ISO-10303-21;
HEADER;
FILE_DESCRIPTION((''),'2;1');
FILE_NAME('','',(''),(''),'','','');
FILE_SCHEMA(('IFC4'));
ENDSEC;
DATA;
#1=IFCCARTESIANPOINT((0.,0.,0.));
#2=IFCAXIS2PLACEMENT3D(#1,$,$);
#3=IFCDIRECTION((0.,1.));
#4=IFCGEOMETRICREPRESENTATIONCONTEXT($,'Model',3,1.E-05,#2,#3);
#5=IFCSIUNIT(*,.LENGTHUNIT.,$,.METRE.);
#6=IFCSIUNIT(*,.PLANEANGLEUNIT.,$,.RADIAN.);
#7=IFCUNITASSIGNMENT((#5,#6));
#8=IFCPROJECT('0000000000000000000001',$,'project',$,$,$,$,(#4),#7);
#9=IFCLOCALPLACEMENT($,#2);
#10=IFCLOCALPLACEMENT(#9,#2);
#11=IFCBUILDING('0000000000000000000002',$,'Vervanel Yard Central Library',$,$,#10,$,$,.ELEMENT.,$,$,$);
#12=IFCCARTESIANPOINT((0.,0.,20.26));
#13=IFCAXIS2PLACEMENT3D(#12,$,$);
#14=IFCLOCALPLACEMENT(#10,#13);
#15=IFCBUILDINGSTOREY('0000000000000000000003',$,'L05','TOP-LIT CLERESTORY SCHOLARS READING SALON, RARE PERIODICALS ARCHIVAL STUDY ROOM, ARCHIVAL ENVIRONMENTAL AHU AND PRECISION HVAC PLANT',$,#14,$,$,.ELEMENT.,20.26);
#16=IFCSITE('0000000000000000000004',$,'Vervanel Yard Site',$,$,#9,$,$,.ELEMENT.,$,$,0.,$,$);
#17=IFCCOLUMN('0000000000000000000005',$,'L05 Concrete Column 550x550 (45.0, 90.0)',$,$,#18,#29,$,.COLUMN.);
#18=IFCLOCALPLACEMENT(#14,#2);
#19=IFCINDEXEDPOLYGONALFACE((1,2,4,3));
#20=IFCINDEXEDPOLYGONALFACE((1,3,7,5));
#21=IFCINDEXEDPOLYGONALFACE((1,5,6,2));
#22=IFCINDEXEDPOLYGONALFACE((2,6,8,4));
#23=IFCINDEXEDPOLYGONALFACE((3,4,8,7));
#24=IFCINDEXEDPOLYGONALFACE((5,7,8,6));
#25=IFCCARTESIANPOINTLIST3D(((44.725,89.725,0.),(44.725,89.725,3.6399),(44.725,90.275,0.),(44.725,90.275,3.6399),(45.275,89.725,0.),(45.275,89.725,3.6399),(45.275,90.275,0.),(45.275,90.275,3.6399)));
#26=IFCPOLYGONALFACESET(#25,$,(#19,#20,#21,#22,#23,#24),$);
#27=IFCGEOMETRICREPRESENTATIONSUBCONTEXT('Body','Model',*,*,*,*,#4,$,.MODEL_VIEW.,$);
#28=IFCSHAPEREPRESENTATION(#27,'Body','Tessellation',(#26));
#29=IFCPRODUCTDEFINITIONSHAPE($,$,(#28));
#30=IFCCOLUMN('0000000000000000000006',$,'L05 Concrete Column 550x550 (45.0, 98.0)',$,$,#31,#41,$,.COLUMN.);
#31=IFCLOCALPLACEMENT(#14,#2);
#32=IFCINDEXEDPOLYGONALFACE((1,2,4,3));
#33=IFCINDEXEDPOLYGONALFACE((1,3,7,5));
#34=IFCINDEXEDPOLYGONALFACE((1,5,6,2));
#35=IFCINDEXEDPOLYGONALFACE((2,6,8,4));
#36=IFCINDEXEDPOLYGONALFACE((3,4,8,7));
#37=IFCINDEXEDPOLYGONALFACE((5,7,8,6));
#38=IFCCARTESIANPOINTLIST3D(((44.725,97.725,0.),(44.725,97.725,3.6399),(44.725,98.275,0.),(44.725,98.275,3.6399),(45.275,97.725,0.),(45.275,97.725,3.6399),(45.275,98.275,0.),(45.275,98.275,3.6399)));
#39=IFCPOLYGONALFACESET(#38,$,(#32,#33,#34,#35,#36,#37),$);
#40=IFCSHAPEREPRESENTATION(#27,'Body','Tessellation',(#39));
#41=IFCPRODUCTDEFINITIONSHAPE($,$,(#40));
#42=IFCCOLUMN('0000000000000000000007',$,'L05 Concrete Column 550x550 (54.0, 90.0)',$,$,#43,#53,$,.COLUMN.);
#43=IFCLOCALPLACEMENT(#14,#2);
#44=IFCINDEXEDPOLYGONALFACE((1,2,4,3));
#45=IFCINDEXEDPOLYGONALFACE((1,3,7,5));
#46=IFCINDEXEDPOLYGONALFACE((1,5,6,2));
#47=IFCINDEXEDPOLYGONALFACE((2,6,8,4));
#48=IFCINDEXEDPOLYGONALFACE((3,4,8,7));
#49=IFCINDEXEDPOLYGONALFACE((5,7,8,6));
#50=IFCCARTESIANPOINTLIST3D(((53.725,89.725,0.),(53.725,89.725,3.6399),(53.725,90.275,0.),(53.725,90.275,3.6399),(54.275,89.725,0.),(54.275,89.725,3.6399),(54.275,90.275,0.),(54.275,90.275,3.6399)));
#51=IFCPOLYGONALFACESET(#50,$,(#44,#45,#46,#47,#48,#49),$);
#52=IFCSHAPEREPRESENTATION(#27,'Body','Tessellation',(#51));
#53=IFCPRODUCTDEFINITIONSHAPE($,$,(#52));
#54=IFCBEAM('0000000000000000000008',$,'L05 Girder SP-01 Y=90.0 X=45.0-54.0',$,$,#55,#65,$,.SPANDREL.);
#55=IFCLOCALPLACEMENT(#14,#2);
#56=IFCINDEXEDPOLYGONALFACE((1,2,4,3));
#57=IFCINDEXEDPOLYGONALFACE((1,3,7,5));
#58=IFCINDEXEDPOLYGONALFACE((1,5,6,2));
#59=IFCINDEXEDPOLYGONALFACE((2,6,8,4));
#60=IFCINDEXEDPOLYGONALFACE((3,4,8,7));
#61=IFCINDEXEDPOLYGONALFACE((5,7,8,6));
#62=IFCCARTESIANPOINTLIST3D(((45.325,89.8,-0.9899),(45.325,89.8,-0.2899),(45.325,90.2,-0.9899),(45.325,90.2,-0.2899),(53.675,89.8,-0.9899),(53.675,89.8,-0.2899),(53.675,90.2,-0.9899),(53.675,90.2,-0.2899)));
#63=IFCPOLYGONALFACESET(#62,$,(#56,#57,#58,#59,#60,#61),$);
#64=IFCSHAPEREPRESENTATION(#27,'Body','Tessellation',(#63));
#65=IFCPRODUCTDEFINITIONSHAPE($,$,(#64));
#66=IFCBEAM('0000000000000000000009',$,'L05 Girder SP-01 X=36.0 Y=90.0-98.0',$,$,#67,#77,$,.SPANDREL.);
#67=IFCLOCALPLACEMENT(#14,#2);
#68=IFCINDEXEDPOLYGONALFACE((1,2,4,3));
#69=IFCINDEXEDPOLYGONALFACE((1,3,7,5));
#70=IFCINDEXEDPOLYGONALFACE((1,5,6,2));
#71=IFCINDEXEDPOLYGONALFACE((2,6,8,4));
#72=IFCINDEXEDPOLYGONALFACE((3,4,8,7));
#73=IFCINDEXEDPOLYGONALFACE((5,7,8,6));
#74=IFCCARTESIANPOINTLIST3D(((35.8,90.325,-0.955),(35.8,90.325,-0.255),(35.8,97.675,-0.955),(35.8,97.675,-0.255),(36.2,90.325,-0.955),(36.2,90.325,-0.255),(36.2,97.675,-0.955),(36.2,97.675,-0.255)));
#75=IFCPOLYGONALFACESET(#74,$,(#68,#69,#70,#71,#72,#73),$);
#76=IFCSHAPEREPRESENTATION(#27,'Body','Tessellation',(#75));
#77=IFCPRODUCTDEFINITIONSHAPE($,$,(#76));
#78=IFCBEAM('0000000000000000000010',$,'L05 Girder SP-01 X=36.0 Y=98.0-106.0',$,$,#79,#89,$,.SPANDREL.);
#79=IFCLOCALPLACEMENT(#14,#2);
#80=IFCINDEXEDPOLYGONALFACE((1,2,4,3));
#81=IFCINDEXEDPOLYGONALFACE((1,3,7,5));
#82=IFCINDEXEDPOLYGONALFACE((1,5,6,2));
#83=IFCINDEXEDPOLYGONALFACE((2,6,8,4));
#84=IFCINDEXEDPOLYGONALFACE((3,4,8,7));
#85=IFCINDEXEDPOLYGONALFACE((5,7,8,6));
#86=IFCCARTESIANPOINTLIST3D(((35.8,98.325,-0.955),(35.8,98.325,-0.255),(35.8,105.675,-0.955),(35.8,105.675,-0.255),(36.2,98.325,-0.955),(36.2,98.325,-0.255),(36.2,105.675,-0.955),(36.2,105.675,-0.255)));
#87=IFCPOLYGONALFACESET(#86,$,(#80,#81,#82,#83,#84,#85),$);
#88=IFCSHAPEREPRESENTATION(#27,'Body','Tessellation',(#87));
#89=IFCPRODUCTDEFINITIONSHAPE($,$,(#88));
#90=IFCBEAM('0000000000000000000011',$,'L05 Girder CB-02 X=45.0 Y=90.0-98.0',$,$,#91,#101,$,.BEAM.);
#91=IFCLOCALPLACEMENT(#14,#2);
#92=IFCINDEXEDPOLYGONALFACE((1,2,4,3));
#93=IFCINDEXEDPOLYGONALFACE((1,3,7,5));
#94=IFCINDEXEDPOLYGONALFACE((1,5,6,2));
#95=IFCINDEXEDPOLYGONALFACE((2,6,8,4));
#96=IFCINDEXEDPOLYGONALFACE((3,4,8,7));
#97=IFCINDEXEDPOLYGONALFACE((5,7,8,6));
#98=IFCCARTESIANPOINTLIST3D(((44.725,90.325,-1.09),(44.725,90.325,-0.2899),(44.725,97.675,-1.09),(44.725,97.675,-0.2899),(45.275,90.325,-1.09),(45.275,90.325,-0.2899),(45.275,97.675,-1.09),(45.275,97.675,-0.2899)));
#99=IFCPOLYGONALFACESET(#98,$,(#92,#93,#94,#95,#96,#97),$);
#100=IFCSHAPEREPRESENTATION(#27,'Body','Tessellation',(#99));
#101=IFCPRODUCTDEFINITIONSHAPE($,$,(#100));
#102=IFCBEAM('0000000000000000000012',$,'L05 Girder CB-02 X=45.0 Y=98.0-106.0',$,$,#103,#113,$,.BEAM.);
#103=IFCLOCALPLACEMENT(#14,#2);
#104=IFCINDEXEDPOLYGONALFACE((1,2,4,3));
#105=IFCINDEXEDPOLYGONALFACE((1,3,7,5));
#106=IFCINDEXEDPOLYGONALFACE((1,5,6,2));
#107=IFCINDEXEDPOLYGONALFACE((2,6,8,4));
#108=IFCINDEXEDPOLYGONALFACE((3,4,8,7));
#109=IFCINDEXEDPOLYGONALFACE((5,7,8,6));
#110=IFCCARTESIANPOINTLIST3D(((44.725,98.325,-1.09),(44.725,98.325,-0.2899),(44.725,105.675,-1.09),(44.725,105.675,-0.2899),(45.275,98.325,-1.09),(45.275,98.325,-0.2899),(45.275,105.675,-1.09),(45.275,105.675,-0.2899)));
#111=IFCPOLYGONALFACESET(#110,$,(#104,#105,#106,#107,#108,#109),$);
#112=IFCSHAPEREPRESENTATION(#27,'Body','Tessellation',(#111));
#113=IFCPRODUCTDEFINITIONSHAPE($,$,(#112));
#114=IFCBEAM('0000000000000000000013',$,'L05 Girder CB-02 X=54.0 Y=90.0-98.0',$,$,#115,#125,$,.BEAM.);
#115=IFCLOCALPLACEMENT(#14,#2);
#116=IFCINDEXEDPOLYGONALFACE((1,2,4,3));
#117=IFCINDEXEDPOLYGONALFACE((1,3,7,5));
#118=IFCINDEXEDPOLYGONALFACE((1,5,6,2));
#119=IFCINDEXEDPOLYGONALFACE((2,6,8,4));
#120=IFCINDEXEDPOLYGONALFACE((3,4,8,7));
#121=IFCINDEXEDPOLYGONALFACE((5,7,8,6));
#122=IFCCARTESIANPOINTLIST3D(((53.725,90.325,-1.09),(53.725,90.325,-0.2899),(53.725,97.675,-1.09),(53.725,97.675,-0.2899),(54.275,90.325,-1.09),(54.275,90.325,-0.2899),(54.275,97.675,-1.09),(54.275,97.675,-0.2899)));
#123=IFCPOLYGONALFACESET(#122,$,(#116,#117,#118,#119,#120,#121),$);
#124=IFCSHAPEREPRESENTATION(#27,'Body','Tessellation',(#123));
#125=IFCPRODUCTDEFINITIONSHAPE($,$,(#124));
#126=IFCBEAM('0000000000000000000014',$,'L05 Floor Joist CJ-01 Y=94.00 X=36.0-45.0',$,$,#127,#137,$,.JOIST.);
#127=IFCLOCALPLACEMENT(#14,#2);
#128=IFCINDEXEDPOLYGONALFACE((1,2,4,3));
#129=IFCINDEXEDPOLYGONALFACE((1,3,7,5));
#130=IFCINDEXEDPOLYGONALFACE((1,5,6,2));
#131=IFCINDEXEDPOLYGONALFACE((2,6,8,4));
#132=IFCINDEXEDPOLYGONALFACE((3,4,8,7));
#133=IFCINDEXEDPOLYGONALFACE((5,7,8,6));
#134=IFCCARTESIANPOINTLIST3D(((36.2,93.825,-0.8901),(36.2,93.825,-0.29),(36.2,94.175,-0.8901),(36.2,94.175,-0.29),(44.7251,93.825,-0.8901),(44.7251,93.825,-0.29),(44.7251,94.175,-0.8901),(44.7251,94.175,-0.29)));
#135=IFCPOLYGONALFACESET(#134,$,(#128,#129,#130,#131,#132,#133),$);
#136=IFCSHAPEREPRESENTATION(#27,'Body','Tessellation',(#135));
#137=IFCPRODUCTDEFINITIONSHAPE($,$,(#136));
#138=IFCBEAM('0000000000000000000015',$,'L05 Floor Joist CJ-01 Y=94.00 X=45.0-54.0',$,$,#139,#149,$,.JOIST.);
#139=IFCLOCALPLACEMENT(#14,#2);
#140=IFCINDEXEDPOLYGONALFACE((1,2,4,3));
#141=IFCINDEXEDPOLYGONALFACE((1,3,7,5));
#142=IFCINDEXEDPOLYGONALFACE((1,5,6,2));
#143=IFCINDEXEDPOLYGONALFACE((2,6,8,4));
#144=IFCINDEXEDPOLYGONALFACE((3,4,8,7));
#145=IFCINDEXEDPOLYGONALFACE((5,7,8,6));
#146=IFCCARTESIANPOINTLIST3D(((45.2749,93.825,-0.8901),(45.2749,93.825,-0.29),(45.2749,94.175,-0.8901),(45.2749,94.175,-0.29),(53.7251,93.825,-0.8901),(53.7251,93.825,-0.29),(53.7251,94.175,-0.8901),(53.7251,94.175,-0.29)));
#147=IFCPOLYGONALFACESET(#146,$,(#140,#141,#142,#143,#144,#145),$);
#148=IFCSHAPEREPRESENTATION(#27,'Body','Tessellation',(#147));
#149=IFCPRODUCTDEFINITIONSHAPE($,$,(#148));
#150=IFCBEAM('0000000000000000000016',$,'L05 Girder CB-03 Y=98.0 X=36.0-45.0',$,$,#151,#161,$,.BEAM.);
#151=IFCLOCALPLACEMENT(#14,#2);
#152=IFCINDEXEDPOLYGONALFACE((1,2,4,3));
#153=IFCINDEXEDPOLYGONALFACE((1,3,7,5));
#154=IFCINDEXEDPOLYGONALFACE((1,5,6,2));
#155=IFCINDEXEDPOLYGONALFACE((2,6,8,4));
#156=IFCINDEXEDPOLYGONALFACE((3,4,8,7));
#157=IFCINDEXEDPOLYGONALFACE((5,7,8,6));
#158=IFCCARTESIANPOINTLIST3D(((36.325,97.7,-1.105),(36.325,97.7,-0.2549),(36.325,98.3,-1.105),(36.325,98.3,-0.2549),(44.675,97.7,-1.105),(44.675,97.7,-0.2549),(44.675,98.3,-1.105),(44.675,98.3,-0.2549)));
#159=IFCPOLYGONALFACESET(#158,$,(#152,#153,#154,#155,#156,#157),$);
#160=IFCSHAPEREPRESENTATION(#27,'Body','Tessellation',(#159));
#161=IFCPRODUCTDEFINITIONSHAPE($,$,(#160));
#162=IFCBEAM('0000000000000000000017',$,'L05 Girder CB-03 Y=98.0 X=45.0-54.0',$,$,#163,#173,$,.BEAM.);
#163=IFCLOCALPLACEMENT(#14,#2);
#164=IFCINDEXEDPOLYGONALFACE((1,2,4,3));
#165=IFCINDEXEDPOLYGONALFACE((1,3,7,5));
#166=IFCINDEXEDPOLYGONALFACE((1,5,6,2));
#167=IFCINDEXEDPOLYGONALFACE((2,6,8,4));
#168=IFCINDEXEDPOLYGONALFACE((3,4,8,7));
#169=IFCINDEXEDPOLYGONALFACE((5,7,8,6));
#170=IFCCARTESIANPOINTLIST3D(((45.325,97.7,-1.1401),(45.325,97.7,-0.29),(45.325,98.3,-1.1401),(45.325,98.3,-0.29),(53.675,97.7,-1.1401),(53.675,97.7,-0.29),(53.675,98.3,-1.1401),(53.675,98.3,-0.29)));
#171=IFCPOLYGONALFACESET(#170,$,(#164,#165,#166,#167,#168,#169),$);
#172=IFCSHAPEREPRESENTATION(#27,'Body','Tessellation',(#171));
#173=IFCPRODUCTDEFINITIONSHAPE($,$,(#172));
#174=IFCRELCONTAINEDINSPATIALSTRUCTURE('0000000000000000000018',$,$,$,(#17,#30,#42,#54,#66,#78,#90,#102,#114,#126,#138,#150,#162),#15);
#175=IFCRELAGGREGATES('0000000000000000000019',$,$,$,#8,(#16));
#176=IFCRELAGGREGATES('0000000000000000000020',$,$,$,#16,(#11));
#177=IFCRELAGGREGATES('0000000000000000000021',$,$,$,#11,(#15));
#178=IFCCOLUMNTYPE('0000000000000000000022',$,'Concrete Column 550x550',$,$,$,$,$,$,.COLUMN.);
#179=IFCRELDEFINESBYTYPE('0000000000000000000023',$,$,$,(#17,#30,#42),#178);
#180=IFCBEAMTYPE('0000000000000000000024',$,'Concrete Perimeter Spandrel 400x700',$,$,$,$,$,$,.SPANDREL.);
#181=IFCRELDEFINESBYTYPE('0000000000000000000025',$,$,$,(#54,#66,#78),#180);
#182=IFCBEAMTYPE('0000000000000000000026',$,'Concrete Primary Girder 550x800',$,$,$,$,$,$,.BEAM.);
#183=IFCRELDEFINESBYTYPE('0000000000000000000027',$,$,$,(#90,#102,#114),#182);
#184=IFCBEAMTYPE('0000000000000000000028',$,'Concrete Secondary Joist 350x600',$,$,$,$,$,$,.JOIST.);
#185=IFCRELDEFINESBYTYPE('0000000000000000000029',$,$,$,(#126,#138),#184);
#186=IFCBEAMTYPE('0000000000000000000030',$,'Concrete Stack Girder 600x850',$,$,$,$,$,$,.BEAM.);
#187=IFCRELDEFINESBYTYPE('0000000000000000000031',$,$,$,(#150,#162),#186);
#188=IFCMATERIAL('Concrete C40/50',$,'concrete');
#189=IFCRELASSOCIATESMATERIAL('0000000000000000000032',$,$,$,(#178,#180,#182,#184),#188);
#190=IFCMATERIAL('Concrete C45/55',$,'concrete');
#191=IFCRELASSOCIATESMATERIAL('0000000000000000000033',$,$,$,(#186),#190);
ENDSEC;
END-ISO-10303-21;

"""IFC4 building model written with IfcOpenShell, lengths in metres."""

from ifc_helpers import new_model, si_unit, direction, frame, origin, origin_2d, place, context, subcontext, project, spatial, rectangle, extrude, material, material_profile, profile_set, type_object, element, save


model = new_model("IFC4")

# Units and contexts
model_context = context("Model", 3, precision=1e-05, world=origin(), true_north=direction((0.0, 1.0)))
body_context = subcontext(model_context, "Body", "Model", "MODEL_VIEW")
ifc_project = project(units=[si_unit("LENGTHUNIT", "METRE"), si_unit("PLANEANGLEUNIT", "RADIAN")], contexts=[model_context])

# Site, building, storey
site_placement = place(None, origin())
site = spatial("IfcSite", under=ifc_project, at=site_placement, Name="Vervanel Yard Site", CompositionType="ELEMENT", RefElevation=0.0)
building_placement = place(site_placement, origin())
building = spatial("IfcBuilding", under=site, at=building_placement, Name="Vervanel Yard Central Library", CompositionType="ELEMENT")
storey_placement = place(building_placement, frame((0.0, 0.0, 20.26)))
storey = spatial("IfcBuildingStorey", under=building, at=storey_placement, Name="L05", Description="TOP-LIT CLERESTORY SCHOLARS READING SALON, RARE PERIODICALS ARCHIVAL STUDY ROOM, ARCHIVAL ENVIRONMENTAL AHU AND PRECISION HVAC PLANT", CompositionType="ELEMENT", Elevation=20.26)

# Columns
ifc_material_1 = material(Name="Concrete C40/50", Category="concrete")
ifc_material_profile_1 = material_profile(ifc_material_1, rectangle(XDim=0.55, YDim=0.55, at=origin_2d()), Name="RC 550x550", Category="concrete")
ifc_profile_set_1 = profile_set([ifc_material_profile_1], Name="Concrete C40/50")
column_type = type_object("IfcColumnType", Name="Concrete Column 550x550", PredefinedType="COLUMN", material=ifc_profile_set_1)
for number, where, z_axis, x_axis, name in (
    (1, (45.0, 90.0, 0.0), (0.0, 0.0, 1.0), (1.0, 0.0, 0.0), "L05 Concrete Column 550x550 (45.0, 90.0)"),
    (2, (45.0, 98.0, 0.0), (0.0, 0.0, 1.0), (1.0, 0.0, 0.0), "L05 Concrete Column 550x550 (45.0, 98.0)"),
    (3, (54.0, 90.0, 0.0), (0.0, 0.0, 1.0), (1.0, 0.0, 0.0), "L05 Concrete Column 550x550 (54.0, 90.0)"),
):
    element("IfcColumn", number, at=place(storey_placement, frame(where, z_axis=z_axis, x_axis=x_axis)), inside=storey, type_object=column_type, Name=name, PredefinedType="COLUMN", context=body_context, shape_type="SweptSolid", body=[
        extrude(rectangle(XDim=0.55, YDim=0.55, at=origin_2d()), origin(), (0.0, 0.0, 1.0), 3.6399),
    ])

# Beams
ifc_material_profile_2 = material_profile(ifc_material_1, rectangle(XDim=0.3999, YDim=0.7, at=origin_2d()), Name="RC 400x700", Category="concrete")
ifc_profile_set_2 = profile_set([ifc_material_profile_2], Name="Concrete C40/50")
beam_type_1 = type_object("IfcBeamType", Name="Concrete Perimeter Spandrel 400x700", PredefinedType="SPANDREL", material=ifc_profile_set_2)
beam_1_placement = place(storey_placement, frame((45.325, 90.0, -0.6399), z_axis=(1.0, 0.0, 0.0), x_axis=(0.0, 1.0, 0.0)))
element("IfcBeam", 4, at=beam_1_placement, inside=storey, type_object=beam_type_1, Name="L05 Girder SP-01 Y=90.0 X=45.0-54.0", PredefinedType="SPANDREL", context=body_context, shape_type="SweptSolid", body=[
    extrude(rectangle(XDim=0.3999, YDim=0.7, at=origin_2d()), origin(), (0.0, 0.0, 1.0), 8.3501),
])
for number, where, z_axis, x_axis, name in (
    (5, (36.0, 90.325, -0.605), (0.0, 1.0, 0.0), (-1.0, 0.0, 0.0), "L05 Girder SP-01 X=36.0 Y=90.0-98.0"),
    (6, (36.0, 98.325, -0.605), (0.0, 1.0, 0.0), (-1.0, 0.0, 0.0), "L05 Girder SP-01 X=36.0 Y=98.0-106.0"),
):
    element("IfcBeam", number, at=place(storey_placement, frame(where, z_axis=z_axis, x_axis=x_axis)), inside=storey, type_object=beam_type_1, Name=name, PredefinedType="SPANDREL", context=body_context, shape_type="SweptSolid", body=[
        extrude(rectangle(XDim=0.3999, YDim=0.7, at=origin_2d()), origin(), (0.0, 0.0, 1.0), 7.3501),
    ])
ifc_material_profile_3 = material_profile(ifc_material_1, rectangle(XDim=0.55, YDim=0.8, at=origin_2d()), Name="RC 550x800", Category="concrete")
ifc_profile_set_3 = profile_set([ifc_material_profile_3], Name="Concrete C40/50")
beam_type_2 = type_object("IfcBeamType", Name="Concrete Primary Girder 550x800", PredefinedType="BEAM", material=ifc_profile_set_3)
for number, where, z_axis, x_axis, name in (
    (7, (45.0, 90.325, -0.6899), (0.0, 1.0, 0.0), (-1.0, 0.0, 0.0), "L05 Girder CB-02 X=45.0 Y=90.0-98.0"),
    (8, (45.0, 98.325, -0.6899), (0.0, 1.0, 0.0), (-1.0, 0.0, 0.0), "L05 Girder CB-02 X=45.0 Y=98.0-106.0"),
    (9, (54.0, 90.325, -0.6899), (0.0, 1.0, 0.0), (-1.0, 0.0, 0.0), "L05 Girder CB-02 X=54.0 Y=90.0-98.0"),
):
    element("IfcBeam", number, at=place(storey_placement, frame(where, z_axis=z_axis, x_axis=x_axis)), inside=storey, type_object=beam_type_2, Name=name, PredefinedType="BEAM", context=body_context, shape_type="SweptSolid", body=[
        extrude(rectangle(XDim=0.55, YDim=0.8, at=origin_2d()), origin(), (0.0, 0.0, 1.0), 7.3501),
    ])
ifc_material_profile_4 = material_profile(ifc_material_1, rectangle(XDim=0.3501, YDim=0.6001, at=origin_2d()), Name="RC 350x600", Category="concrete")
ifc_profile_set_4 = profile_set([ifc_material_profile_4], Name="Concrete C40/50")
beam_type_3 = type_object("IfcBeamType", Name="Concrete Secondary Joist 350x600", PredefinedType="JOIST", material=ifc_profile_set_4)
beam_2_placement = place(storey_placement, frame((36.2, 94.0, -0.5901), z_axis=(1.0, 0.0, 0.0), x_axis=(0.0, 1.0, 0.0)))
element("IfcBeam", 10, at=beam_2_placement, inside=storey, type_object=beam_type_3, Name="L05 Floor Joist CJ-01 Y=94.00 X=36.0-45.0", PredefinedType="JOIST", context=body_context, shape_type="SweptSolid", body=[
    extrude(rectangle(XDim=0.3501, YDim=0.6001, at=origin_2d()), origin(), (0.0, 0.0, 1.0), 8.5251),
])
beam_3_placement = place(storey_placement, frame((45.2749, 94.0, -0.5901), z_axis=(1.0, 0.0, 0.0), x_axis=(0.0, 1.0, 0.0)))
element("IfcBeam", 11, at=beam_3_placement, inside=storey, type_object=beam_type_3, Name="L05 Floor Joist CJ-01 Y=94.00 X=45.0-54.0", PredefinedType="JOIST", context=body_context, shape_type="SweptSolid", body=[
    extrude(rectangle(XDim=0.3501, YDim=0.6001, at=origin_2d()), origin(), (0.0, 0.0, 1.0), 8.4502),
])
ifc_material_2 = material(Name="Concrete C45/55", Category="concrete")
ifc_material_profile_5 = material_profile(ifc_material_2, rectangle(XDim=0.6001, YDim=0.8501, at=origin_2d()), Name="RC 600x850", Category="concrete")
ifc_profile_set_5 = profile_set([ifc_material_profile_5], Name="Concrete C45/55")
beam_type_4 = type_object("IfcBeamType", Name="Concrete Stack Girder 600x850", PredefinedType="BEAM", material=ifc_profile_set_5)
for number, where, z_axis, x_axis, name in (
    (12, (36.325, 98.0, -0.6799), (1.0, 0.0, 0.0), (0.0, 1.0, 0.0), "L05 Girder CB-03 Y=98.0 X=36.0-45.0"),
    (13, (45.325, 98.0, -0.7151), (1.0, 0.0, 0.0), (0.0, 1.0, 0.0), "L05 Girder CB-03 Y=98.0 X=45.0-54.0"),
):
    element("IfcBeam", number, at=place(storey_placement, frame(where, z_axis=z_axis, x_axis=x_axis)), inside=storey, type_object=beam_type_4, Name=name, PredefinedType="BEAM", context=body_context, shape_type="SweptSolid", body=[
        extrude(rectangle(XDim=0.6001, YDim=0.8501, at=origin_2d()), origin(), (0.0, 0.0, 1.0), 8.3501),
    ])

save(model, "model.ifc")
